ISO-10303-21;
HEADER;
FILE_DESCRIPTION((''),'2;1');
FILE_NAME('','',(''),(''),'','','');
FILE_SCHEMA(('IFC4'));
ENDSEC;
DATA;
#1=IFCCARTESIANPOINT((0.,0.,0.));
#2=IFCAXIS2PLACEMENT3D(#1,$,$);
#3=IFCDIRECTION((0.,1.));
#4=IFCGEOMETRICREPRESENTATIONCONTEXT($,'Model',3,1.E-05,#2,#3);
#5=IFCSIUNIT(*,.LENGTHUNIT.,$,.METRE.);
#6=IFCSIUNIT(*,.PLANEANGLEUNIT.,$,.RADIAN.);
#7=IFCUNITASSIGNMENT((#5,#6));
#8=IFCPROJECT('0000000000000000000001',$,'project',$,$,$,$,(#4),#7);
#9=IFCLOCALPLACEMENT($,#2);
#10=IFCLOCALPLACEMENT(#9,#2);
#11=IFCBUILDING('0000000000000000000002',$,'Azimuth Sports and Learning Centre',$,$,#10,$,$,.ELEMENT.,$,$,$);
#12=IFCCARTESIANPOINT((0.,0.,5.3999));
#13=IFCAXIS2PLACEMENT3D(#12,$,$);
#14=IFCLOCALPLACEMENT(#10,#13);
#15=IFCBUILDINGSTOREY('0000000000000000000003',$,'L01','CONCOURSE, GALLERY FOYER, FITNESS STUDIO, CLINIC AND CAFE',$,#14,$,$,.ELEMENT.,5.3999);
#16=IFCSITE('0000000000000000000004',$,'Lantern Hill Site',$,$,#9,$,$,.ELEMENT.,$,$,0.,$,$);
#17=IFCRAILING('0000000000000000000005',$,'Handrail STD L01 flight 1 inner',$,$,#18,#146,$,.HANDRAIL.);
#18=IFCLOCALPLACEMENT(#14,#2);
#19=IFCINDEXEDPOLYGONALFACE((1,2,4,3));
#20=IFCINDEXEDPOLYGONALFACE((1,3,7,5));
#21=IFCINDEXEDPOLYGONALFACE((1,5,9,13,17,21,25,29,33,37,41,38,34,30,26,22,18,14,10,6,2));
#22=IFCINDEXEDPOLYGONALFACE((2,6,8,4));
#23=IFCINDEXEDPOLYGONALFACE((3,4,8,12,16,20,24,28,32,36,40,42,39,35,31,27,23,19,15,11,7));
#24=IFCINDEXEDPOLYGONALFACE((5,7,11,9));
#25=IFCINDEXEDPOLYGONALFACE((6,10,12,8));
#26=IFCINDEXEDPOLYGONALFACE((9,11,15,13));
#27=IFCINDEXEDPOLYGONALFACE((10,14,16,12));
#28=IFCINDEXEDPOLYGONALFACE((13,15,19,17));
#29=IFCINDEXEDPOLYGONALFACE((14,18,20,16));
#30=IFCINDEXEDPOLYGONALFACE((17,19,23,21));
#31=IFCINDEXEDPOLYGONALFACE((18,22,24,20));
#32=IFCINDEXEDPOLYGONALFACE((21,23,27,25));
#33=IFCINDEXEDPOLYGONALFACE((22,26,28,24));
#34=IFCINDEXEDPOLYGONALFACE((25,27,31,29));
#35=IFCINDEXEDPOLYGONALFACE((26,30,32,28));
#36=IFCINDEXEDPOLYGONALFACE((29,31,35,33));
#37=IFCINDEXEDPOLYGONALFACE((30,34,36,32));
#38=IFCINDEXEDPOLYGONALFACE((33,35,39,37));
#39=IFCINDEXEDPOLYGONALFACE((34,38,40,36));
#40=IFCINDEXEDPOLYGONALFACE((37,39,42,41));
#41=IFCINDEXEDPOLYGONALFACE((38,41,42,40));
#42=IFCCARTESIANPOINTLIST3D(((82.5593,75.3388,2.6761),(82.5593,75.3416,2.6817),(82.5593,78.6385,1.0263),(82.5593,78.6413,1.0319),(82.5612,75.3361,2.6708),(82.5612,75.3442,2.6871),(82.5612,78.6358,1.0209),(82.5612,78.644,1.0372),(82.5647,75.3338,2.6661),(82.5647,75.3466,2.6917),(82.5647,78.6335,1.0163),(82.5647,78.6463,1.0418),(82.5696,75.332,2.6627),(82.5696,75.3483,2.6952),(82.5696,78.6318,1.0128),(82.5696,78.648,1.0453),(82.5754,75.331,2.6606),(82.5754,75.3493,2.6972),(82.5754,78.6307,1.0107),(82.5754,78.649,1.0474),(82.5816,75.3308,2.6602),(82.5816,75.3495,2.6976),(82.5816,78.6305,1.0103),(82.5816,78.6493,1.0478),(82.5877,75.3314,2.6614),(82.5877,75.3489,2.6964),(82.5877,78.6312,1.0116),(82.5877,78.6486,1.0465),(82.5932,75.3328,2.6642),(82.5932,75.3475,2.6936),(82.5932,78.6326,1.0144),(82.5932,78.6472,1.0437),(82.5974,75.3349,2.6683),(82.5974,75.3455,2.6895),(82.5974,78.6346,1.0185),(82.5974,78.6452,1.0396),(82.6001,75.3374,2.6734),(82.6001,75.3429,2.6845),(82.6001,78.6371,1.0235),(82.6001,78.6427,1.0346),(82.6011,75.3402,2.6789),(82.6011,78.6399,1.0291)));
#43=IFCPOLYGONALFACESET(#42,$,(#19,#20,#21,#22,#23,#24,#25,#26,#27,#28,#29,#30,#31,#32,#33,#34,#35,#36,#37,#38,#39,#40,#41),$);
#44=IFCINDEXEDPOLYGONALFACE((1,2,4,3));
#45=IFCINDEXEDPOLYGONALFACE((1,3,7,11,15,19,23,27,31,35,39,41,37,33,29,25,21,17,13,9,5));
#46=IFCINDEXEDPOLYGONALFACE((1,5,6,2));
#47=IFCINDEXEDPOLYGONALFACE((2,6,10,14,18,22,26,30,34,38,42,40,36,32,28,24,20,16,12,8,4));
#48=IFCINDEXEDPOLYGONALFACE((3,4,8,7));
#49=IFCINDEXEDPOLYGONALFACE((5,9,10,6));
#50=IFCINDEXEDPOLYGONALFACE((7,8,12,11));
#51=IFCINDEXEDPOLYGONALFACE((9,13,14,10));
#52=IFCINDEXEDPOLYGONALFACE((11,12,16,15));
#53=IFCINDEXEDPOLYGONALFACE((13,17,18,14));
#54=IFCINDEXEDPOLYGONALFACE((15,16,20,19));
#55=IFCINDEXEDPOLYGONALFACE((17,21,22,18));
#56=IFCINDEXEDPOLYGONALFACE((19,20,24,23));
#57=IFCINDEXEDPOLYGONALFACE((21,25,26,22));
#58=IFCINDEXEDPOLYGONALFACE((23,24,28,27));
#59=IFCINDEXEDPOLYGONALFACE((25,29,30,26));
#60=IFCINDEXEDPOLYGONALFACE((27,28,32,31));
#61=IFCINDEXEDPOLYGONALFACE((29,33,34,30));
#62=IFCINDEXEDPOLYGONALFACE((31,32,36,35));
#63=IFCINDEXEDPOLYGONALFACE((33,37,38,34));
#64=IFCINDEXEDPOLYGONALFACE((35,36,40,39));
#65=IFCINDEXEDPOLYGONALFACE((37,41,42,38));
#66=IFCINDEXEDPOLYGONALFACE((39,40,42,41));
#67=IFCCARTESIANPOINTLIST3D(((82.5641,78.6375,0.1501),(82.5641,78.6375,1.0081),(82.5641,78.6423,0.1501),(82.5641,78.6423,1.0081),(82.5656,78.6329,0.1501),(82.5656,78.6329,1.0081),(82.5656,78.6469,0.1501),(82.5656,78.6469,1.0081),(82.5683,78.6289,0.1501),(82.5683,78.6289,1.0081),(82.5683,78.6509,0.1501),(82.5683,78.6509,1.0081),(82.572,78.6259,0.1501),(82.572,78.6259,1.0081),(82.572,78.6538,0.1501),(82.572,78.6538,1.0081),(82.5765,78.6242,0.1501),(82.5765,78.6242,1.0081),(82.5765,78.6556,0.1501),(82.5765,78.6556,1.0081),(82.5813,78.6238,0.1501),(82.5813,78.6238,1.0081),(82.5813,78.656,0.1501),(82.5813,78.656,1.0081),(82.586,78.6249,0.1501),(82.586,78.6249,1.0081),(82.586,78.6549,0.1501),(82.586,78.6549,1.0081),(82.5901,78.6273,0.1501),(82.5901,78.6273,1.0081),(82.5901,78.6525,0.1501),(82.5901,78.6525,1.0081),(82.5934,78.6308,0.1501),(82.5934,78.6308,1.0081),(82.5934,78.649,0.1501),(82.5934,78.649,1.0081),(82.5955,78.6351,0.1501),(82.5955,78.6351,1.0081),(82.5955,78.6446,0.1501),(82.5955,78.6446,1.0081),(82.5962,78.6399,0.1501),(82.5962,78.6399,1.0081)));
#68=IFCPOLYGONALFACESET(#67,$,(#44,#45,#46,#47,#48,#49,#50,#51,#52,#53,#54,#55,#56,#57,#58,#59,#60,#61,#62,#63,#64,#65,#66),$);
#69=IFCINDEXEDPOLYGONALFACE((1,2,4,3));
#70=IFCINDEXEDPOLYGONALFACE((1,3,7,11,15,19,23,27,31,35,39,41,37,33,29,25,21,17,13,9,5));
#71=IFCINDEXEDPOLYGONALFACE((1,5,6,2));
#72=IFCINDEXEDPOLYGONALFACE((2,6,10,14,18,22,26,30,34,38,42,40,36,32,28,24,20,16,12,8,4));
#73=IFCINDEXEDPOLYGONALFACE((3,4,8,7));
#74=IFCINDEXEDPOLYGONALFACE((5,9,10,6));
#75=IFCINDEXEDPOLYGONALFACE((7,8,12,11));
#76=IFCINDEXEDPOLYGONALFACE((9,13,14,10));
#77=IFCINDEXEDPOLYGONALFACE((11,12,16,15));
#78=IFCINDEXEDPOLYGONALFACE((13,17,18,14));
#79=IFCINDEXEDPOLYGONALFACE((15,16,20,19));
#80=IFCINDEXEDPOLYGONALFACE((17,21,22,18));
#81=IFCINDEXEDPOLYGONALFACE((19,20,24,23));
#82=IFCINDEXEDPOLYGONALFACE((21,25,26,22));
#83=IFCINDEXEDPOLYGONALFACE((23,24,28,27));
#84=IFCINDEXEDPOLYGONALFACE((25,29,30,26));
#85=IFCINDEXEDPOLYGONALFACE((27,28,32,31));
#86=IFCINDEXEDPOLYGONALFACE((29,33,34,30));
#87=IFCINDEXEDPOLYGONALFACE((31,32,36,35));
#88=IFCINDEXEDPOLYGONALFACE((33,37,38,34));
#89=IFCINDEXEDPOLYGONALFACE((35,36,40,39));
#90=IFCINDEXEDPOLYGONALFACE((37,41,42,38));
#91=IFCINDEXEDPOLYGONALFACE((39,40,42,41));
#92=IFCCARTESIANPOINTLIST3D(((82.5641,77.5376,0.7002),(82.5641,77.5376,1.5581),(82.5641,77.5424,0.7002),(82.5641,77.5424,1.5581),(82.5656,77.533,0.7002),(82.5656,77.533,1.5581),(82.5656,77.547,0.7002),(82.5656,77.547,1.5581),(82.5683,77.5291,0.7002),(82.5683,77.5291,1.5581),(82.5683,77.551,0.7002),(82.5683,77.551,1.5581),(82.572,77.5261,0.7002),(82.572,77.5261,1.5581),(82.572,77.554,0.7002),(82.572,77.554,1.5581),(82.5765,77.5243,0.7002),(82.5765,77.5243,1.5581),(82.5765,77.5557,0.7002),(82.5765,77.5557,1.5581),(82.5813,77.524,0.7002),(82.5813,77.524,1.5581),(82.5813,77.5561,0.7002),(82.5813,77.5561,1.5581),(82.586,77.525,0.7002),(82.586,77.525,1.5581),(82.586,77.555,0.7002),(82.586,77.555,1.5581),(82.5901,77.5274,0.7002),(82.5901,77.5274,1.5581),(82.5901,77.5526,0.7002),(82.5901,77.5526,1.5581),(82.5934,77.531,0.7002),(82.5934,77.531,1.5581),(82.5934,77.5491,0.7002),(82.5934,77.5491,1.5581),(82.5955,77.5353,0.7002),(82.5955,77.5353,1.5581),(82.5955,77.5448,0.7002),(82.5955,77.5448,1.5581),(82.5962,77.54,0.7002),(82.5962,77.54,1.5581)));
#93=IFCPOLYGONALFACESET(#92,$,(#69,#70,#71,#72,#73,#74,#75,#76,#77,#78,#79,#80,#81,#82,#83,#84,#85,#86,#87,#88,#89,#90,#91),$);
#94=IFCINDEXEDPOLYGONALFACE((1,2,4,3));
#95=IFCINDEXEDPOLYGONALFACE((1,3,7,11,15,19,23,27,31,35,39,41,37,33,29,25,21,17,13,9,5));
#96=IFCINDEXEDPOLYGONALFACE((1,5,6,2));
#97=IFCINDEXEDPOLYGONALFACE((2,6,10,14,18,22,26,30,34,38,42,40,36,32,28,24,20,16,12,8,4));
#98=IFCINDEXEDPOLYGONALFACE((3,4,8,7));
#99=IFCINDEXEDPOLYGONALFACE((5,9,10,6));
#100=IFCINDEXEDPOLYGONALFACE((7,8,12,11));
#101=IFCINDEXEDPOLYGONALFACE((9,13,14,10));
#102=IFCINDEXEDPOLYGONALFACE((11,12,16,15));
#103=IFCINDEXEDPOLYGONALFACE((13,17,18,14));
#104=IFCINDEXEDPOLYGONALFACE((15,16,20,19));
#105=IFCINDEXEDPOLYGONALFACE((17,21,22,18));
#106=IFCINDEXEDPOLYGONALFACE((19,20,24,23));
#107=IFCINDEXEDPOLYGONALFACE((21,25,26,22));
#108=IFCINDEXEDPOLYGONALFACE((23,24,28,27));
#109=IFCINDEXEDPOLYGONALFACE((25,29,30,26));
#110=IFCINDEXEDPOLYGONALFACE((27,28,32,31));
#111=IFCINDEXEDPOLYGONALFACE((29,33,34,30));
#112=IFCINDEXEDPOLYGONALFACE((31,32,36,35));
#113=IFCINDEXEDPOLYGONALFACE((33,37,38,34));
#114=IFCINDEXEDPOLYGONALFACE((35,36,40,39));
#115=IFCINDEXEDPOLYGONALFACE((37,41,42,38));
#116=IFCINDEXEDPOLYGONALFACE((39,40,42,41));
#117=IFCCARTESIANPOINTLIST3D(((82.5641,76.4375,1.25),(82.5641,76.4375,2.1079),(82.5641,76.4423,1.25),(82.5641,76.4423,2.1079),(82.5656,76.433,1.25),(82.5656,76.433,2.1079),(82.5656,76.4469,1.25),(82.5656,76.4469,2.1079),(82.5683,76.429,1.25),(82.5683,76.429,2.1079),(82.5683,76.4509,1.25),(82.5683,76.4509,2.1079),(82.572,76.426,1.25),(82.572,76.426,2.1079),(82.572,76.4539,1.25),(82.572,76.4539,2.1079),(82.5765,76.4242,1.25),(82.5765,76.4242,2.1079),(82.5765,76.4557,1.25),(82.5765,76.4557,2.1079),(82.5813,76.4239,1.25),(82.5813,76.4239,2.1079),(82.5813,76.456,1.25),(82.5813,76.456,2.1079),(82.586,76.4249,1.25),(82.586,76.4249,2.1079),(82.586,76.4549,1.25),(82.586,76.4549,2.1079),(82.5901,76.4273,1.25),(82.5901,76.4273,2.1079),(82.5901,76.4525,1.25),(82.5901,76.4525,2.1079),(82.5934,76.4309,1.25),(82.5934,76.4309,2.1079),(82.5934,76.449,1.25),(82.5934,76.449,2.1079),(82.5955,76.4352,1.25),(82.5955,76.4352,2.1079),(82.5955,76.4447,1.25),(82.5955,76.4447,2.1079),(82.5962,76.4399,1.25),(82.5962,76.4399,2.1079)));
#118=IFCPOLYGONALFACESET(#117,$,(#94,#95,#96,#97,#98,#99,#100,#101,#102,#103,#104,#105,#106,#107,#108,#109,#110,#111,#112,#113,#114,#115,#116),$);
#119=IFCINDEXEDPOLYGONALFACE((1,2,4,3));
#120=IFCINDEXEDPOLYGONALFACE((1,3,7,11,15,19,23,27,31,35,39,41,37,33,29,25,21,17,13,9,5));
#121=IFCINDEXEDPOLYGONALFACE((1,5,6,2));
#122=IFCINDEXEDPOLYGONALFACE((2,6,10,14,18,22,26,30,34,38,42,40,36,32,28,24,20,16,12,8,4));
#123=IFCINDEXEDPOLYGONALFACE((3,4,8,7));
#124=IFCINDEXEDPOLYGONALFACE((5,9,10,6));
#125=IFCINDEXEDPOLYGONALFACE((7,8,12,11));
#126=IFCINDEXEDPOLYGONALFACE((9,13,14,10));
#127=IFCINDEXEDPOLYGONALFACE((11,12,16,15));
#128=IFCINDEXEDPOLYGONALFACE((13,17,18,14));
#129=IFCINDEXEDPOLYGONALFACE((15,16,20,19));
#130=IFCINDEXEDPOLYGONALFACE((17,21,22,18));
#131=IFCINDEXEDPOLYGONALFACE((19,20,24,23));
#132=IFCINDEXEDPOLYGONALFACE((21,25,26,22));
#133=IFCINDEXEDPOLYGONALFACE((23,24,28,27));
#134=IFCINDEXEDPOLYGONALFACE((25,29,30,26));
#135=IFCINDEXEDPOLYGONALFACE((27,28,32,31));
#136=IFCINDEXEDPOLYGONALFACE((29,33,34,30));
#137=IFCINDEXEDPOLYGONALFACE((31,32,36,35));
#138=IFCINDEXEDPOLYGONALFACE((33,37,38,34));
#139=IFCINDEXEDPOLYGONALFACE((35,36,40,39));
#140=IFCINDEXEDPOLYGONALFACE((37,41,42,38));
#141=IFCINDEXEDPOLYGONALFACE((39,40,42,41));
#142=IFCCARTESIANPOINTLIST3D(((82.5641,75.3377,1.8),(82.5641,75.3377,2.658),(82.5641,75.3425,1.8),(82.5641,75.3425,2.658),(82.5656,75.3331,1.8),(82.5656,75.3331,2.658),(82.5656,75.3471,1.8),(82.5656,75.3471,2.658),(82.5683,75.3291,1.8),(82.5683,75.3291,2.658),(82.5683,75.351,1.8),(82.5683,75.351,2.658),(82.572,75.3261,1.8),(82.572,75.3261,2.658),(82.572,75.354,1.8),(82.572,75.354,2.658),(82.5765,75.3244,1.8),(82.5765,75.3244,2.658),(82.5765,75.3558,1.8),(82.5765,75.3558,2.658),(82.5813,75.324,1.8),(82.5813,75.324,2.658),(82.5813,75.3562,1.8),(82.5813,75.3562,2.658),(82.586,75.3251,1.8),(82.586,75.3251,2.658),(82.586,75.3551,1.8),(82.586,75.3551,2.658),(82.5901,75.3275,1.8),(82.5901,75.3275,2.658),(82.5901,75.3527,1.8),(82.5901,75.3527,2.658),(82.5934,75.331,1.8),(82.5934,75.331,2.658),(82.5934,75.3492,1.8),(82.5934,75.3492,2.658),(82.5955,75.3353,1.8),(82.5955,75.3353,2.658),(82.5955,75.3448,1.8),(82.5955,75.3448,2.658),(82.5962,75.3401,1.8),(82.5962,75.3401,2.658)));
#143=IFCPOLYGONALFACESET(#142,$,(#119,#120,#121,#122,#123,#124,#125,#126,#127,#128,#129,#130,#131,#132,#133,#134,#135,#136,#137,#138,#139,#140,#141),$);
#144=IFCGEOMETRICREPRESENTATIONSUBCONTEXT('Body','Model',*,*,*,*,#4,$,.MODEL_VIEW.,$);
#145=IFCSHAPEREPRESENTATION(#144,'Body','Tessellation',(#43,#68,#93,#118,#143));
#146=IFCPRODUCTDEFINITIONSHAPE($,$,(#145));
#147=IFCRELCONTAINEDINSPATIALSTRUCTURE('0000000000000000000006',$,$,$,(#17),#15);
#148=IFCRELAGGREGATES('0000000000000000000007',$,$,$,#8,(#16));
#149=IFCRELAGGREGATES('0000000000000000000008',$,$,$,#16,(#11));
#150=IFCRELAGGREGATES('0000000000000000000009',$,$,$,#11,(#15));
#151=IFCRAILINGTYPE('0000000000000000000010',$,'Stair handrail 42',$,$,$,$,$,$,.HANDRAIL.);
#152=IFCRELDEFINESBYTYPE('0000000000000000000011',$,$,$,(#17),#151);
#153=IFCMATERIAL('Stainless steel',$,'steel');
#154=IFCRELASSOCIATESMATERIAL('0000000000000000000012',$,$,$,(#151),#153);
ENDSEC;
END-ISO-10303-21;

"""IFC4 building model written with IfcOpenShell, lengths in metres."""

from ifc_helpers import new_model, si_unit, direction, frame, origin, origin_2d, place, context, subcontext, project, spatial, circle, extrude, material, type_object, element, save


model = new_model("IFC4")

# Units and contexts
model_context = context("Model", 3, precision=1e-05, world=origin(), true_north=direction((0.0, 1.0)))
body_context = subcontext(model_context, "Body", "Model", "MODEL_VIEW")
ifc_project = project(units=[si_unit("LENGTHUNIT", "METRE"), si_unit("PLANEANGLEUNIT", "RADIAN")], contexts=[model_context])

# Site, building, storey
site_placement = place(None, origin())
site = spatial("IfcSite", under=ifc_project, at=site_placement, Name="Lantern Hill Site", CompositionType="ELEMENT", RefElevation=0.0)
building_placement = place(site_placement, origin())
building = spatial("IfcBuilding", under=site, at=building_placement, Name="Azimuth Sports and Learning Centre", CompositionType="ELEMENT")
storey_placement = place(building_placement, frame((0.0, 0.0, 5.3999)))
storey = spatial("IfcBuildingStorey", under=building, at=storey_placement, Name="L01", Description="CONCOURSE, GALLERY FOYER, FITNESS STUDIO, CLINIC AND CAFE", CompositionType="ELEMENT", Elevation=5.3999)

# Railing
ifc_material_1 = material(Name="Stainless steel", Category="steel")
railing_type_1 = type_object("IfcRailingType", Name="Stair handrail 42", PredefinedType="HANDRAIL", material=ifc_material_1)
for number, where, name in (
    (1, (82.5801, 78.6399, 0.1501), "Handrail STD L01 flight 1 inner"),
):
    element("IfcRailing", number, at=place(storey_placement, frame(where)), inside=storey, type_object=railing_type_1, Name=name, PredefinedType="HANDRAIL", context=body_context, shape_type="SweptSolid", body=[
        extrude(circle(Radius=0.021, at=origin_2d()), frame((0.0, 0.0, 0.8789), z_axis=(0.0, -0.894427, 0.447214), x_axis=(1.0, 0.0, 0.0)), (0.0, 0.0, 1.0), 3.6892),
        extrude(circle(Radius=0.0161, at=origin_2d()), origin(), (0.0, 0.0, 1.0), 0.8579),
        extrude(circle(Radius=0.0161, at=origin_2d()), frame((0.0, -1.0999, 0.55)), (0.0, 0.0, 1.0), 0.8579),
        extrude(circle(Radius=0.0161, at=origin_2d()), frame((0.0, -2.2, 1.0999)), (0.0, 0.0, 1.0), 0.8579),
        extrude(circle(Radius=0.0161, at=origin_2d()), frame((0.0, -3.2998, 1.6499)), (0.0, 0.0, 1.0), 0.8579),
    ])

save(model, "model.ifc")
